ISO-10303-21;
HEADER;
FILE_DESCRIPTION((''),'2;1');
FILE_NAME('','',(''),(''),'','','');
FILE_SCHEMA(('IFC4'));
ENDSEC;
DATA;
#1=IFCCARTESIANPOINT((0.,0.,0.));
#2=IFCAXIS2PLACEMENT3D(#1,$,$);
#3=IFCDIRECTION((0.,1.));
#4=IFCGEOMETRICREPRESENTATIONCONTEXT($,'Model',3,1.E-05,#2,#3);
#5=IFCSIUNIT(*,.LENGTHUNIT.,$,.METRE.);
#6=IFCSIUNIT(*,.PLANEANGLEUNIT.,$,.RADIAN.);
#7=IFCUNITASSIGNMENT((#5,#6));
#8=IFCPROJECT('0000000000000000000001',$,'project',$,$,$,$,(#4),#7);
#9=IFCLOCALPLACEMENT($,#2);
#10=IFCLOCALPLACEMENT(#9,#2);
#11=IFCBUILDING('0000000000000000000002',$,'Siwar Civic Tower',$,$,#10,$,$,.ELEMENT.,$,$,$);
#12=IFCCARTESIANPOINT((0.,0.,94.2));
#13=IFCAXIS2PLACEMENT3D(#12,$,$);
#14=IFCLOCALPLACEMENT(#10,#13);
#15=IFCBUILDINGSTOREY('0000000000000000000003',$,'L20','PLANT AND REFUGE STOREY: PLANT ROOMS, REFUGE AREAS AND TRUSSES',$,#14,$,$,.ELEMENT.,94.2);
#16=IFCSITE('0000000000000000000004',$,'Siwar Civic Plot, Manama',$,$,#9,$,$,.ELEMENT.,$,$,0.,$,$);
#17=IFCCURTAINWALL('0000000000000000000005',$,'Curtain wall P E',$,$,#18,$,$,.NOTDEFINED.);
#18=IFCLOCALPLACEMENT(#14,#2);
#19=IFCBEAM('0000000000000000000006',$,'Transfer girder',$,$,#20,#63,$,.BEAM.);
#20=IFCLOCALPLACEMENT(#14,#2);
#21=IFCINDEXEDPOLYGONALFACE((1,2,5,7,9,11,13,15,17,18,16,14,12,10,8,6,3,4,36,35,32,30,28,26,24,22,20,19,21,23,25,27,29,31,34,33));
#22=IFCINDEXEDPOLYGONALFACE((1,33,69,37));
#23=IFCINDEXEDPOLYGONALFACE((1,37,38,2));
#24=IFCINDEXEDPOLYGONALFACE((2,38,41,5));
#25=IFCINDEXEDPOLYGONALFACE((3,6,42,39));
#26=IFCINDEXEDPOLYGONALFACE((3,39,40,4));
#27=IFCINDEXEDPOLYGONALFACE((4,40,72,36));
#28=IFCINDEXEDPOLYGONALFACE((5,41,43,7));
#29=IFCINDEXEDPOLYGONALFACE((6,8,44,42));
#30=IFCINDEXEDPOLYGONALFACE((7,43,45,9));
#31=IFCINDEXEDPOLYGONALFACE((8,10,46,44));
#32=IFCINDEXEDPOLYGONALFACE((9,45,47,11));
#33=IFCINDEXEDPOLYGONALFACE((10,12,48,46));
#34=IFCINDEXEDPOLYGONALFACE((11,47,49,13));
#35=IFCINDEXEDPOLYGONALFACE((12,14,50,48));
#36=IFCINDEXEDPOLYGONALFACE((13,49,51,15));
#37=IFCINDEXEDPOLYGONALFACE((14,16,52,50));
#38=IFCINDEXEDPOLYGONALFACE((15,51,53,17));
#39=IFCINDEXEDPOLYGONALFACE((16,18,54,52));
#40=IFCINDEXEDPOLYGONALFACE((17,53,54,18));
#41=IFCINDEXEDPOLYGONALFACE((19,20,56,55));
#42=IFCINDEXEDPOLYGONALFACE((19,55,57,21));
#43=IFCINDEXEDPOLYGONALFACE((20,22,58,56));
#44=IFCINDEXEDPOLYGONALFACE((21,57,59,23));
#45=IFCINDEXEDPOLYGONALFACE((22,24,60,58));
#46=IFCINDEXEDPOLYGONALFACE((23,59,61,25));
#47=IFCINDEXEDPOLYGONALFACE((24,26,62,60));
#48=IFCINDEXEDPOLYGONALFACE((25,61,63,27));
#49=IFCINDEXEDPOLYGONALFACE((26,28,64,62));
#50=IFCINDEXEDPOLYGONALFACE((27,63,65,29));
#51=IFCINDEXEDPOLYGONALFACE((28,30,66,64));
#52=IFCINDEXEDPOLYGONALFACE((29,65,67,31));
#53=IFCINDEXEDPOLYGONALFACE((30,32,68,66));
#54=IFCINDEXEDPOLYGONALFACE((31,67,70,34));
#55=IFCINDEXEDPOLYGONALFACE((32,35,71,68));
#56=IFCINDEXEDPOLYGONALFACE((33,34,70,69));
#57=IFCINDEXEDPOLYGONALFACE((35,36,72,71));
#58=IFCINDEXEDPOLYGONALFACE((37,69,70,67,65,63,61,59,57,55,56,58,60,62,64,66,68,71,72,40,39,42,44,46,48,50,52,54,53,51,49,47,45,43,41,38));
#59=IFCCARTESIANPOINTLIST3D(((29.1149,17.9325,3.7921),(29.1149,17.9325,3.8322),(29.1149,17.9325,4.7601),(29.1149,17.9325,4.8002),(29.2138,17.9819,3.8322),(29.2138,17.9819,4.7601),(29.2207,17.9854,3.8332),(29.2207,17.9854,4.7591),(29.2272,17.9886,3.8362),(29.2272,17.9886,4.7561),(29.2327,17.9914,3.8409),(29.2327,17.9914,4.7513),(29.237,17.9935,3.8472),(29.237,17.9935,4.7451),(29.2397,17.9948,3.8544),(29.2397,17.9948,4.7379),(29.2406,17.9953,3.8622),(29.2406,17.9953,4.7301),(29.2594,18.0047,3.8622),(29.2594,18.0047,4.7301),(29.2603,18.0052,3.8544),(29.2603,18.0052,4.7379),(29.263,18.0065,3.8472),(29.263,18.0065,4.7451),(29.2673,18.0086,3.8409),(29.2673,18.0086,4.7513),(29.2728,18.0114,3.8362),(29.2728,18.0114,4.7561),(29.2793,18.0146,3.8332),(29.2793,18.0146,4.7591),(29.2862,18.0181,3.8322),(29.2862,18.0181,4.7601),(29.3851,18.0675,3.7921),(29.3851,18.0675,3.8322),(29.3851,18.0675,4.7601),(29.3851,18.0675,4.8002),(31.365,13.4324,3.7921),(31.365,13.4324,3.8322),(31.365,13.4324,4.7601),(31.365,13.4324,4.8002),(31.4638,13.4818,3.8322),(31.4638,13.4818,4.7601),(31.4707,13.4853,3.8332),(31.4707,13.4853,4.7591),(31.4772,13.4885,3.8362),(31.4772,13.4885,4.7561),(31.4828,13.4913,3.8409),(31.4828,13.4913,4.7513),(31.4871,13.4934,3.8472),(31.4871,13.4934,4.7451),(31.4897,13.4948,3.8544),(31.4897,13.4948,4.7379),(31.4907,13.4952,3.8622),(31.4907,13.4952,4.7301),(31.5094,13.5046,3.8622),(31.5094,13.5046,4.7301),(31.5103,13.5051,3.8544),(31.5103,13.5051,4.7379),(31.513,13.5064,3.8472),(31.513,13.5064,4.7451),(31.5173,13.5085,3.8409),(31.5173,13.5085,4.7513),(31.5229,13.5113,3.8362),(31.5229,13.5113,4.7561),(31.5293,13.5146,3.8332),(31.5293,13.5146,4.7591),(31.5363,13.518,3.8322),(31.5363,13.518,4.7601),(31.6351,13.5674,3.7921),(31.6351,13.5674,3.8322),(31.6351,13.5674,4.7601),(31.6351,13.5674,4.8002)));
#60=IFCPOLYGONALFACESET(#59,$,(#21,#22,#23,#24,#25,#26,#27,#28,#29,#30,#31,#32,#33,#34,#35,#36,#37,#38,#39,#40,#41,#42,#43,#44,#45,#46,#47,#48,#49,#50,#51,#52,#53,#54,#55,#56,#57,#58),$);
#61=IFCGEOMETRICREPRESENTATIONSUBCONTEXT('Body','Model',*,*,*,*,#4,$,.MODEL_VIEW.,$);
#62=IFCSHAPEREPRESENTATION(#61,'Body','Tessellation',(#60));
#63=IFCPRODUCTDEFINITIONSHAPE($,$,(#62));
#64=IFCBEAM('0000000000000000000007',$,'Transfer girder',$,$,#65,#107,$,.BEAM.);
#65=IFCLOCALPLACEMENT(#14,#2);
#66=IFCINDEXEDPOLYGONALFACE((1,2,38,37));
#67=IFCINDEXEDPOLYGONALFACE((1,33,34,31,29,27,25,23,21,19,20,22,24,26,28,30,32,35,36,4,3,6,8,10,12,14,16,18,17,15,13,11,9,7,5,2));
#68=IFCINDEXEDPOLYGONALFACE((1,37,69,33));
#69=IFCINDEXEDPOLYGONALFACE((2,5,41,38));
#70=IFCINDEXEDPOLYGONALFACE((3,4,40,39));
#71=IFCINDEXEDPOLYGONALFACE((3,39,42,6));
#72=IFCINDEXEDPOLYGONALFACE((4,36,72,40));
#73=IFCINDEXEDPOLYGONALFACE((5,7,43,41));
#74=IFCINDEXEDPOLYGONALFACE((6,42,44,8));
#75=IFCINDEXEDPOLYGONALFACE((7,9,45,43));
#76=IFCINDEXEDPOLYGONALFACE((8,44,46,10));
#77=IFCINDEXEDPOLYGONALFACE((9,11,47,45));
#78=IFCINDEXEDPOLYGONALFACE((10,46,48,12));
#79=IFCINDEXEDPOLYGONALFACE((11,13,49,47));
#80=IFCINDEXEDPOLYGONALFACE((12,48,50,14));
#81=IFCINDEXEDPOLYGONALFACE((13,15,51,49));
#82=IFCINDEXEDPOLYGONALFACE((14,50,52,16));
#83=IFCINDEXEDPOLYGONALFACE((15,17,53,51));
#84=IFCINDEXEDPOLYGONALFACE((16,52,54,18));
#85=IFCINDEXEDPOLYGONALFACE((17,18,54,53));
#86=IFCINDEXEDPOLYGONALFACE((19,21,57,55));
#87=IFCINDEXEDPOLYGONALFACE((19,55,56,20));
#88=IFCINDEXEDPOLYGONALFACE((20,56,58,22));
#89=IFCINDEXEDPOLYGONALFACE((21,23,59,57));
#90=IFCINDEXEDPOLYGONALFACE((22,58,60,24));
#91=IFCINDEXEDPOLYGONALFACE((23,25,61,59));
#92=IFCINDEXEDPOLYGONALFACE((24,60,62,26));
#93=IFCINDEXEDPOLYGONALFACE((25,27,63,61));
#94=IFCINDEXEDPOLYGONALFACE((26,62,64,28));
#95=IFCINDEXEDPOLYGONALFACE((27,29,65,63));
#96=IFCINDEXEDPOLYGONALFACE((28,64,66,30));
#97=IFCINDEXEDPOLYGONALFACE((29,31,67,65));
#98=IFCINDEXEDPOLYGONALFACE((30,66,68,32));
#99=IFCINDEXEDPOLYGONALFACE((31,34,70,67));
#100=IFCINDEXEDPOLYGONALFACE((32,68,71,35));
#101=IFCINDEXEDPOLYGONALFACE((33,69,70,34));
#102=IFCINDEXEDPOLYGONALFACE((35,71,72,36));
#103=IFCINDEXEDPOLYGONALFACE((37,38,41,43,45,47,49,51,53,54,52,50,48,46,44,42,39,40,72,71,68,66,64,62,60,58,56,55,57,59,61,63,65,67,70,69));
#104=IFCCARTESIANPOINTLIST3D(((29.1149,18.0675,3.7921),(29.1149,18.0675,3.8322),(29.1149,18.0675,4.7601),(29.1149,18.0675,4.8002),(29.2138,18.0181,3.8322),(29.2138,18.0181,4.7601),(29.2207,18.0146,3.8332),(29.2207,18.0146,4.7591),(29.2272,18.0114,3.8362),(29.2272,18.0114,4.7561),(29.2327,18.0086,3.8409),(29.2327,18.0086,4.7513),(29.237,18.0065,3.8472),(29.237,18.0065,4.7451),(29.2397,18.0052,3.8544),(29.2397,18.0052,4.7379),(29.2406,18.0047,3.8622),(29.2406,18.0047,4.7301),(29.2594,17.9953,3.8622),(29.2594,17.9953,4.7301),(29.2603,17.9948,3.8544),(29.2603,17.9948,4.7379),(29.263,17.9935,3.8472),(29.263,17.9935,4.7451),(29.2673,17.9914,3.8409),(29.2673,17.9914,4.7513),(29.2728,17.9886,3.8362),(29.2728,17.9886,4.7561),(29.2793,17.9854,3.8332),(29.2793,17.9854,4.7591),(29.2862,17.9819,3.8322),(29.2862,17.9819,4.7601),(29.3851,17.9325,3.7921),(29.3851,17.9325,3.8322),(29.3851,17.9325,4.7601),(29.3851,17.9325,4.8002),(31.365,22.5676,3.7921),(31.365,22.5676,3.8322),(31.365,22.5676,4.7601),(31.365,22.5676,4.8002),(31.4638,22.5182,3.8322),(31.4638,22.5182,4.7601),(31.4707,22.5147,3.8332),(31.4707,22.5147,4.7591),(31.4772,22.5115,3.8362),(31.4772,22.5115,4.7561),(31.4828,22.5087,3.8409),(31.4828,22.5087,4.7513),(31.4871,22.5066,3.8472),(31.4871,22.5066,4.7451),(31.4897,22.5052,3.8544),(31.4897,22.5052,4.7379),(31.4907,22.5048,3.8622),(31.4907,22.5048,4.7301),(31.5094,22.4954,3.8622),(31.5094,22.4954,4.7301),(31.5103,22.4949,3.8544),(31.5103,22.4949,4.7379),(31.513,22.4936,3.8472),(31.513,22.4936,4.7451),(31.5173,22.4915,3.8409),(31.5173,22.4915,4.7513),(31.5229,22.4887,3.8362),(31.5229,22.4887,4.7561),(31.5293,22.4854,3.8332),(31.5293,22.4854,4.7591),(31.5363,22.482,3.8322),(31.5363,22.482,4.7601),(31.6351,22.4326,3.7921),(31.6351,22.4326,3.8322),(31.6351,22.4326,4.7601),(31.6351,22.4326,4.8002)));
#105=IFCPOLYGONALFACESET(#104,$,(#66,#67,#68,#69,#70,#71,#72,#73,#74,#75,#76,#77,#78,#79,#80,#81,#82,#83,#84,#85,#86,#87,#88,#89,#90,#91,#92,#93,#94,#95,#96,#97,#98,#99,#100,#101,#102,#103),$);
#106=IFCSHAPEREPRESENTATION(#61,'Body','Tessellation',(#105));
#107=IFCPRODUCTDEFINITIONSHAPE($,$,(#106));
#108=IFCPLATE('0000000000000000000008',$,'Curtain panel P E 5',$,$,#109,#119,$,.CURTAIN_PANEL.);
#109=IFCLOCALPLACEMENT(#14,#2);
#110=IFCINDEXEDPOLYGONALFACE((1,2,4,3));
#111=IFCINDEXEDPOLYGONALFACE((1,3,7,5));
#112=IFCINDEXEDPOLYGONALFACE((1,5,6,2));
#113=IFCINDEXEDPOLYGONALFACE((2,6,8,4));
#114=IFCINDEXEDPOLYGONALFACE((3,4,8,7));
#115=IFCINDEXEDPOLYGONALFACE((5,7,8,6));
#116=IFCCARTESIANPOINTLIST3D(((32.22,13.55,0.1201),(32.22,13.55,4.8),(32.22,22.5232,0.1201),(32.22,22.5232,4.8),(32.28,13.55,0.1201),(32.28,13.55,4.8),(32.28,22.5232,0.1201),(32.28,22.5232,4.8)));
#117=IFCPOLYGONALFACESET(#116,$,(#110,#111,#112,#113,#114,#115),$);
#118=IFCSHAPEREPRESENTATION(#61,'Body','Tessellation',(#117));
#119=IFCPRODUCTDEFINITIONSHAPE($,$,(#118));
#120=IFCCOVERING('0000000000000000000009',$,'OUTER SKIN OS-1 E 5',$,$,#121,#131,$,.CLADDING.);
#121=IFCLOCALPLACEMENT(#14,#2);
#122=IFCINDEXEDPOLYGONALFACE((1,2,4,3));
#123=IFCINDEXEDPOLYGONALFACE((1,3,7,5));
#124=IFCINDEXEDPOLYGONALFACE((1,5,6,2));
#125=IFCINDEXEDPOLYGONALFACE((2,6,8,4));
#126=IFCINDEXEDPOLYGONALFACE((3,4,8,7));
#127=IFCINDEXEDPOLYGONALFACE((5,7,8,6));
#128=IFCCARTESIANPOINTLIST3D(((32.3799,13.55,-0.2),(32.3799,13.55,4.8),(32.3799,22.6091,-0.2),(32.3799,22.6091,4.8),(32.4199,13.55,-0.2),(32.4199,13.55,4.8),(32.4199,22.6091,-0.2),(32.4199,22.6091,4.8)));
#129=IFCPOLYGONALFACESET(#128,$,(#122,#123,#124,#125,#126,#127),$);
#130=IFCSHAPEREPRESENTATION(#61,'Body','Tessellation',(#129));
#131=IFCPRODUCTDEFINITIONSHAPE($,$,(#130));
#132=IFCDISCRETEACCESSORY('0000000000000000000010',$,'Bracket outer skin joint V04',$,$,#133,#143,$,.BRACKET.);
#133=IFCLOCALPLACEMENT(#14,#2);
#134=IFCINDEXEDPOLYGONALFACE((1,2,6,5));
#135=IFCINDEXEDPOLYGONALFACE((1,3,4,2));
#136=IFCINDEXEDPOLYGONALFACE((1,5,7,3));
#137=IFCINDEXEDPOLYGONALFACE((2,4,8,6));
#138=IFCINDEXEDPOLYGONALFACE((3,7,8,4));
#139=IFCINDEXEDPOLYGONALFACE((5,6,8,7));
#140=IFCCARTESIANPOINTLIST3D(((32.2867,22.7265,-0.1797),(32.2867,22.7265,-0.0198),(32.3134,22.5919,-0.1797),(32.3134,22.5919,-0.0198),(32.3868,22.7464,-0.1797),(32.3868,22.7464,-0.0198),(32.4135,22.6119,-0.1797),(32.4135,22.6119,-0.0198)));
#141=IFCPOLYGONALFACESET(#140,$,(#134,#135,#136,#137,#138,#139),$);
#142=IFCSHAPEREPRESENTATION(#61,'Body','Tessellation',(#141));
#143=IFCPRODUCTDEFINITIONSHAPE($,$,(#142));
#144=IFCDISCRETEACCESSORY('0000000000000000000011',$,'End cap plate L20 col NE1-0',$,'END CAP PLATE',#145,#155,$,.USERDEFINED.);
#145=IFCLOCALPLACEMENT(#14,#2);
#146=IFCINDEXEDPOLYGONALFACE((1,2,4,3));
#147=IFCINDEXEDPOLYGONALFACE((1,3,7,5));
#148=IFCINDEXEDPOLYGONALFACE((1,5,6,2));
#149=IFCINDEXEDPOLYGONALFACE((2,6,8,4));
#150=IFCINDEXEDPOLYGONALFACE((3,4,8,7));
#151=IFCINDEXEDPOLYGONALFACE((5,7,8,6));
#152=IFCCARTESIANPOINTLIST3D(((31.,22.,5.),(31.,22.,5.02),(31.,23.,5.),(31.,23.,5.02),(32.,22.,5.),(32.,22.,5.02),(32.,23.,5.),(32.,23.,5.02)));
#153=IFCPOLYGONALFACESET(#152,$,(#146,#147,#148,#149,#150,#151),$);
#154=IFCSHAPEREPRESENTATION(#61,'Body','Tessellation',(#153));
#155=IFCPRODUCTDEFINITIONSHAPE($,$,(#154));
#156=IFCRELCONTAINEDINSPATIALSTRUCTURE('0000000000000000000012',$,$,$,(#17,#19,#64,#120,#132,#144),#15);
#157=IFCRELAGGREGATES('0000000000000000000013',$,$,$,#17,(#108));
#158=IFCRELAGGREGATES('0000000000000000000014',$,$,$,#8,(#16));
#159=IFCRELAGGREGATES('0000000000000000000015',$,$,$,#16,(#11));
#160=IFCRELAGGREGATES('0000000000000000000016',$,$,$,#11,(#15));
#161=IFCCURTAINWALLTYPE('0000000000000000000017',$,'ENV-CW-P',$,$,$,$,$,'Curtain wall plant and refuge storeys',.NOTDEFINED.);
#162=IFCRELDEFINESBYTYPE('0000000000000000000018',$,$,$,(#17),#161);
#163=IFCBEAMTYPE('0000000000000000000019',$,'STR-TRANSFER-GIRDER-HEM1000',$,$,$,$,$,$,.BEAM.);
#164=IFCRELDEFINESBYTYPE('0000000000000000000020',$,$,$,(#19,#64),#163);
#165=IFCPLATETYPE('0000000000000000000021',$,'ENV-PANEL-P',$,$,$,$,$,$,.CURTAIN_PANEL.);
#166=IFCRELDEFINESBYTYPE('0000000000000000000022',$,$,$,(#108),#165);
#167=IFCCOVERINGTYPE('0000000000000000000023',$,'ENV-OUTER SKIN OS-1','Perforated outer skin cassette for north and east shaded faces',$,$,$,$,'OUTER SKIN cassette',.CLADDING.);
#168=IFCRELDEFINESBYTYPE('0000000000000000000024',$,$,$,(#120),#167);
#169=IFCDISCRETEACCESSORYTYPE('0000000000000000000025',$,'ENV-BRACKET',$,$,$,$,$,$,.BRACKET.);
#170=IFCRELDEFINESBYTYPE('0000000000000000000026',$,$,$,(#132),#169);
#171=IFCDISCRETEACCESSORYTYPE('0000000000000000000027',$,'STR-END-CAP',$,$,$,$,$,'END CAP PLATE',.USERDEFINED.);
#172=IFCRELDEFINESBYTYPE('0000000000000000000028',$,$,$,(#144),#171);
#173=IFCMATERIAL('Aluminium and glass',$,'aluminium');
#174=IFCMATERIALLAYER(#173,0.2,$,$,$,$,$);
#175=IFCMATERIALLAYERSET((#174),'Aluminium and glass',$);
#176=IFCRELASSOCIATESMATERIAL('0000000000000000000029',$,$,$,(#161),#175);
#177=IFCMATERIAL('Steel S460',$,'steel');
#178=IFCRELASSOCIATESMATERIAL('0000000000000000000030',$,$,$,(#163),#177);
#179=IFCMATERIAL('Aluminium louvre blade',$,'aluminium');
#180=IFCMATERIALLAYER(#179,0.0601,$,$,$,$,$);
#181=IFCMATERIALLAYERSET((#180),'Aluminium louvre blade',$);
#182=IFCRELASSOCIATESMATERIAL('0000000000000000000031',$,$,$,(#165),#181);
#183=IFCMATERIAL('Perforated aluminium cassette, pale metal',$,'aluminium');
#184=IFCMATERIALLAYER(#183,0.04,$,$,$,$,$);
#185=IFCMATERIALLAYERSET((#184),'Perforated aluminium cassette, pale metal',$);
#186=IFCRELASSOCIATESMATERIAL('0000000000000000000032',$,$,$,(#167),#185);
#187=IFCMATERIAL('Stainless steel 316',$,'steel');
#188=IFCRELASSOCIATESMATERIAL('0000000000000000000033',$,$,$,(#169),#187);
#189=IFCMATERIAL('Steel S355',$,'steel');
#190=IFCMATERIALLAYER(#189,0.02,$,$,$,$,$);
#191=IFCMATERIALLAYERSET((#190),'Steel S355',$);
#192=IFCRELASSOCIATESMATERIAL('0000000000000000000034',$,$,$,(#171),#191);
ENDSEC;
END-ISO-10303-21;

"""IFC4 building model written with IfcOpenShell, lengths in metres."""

from ifc_helpers import new_model, si_unit, direction, frame, origin, origin_2d, place, context, subcontext, project, spatial, rectangle, i_section, extrude, material, layer, layer_set, material_profile, profile_set, type_object, element, aggregate, save


model = new_model("IFC4")

# Units and contexts
model_context = context("Model", 3, precision=1e-05, world=origin(), true_north=direction((0.0, 1.0)))
body_context = subcontext(model_context, "Body", "Model", "MODEL_VIEW")
ifc_project = project(units=[si_unit("LENGTHUNIT", "METRE"), si_unit("PLANEANGLEUNIT", "RADIAN")], contexts=[model_context])

# Site, building, storey
site_placement = place(None, origin())
site = spatial("IfcSite", under=ifc_project, at=site_placement, Name="Siwar Civic Plot, Manama", CompositionType="ELEMENT", RefElevation=0.0)
building_placement = place(site_placement, origin())
building = spatial("IfcBuilding", under=site, at=building_placement, Name="Siwar Civic Tower", CompositionType="ELEMENT")
storey_placement = place(building_placement, frame((0.0, 0.0, 94.2)))
storey = spatial("IfcBuildingStorey", under=building, at=storey_placement, Name="L20", Description="PLANT AND REFUGE STOREY: PLANT ROOMS, REFUGE AREAS AND TRUSSES", CompositionType="ELEMENT", Elevation=94.2)

# Curtain wall
ifc_material_1 = material(Name="Aluminium and glass", Category="aluminium")
ifc_layer_1 = layer(ifc_material_1, 0.2)
ifc_layer_set_1 = layer_set([ifc_layer_1], Name="Aluminium and glass")
curtain_wall_type = type_object("IfcCurtainWallType", Name="ENV-CW-P", ElementType="Curtain wall plant and refuge storeys", PredefinedType="NOTDEFINED", material=ifc_layer_set_1)
curtain_wall_1_placement = place(storey_placement, origin())
curtain_wall_1 = element("IfcCurtainWall", 1, at=curtain_wall_1_placement, inside=storey, type_object=curtain_wall_type, Name="Curtain wall P E", PredefinedType="NOTDEFINED")

# Beams
ifc_material_2 = material(Name="Steel S460", Category="steel")
ifc_material_profile_1 = material_profile(ifc_material_2, i_section(OverallWidth=0.302, OverallDepth=1.0081, WebThickness=0.021, FlangeThickness=0.04, FilletRadius=0.03, at=origin_2d()), Name="HEM1000")
ifc_profile_set_1 = profile_set([ifc_material_profile_1], Name="Steel S460")
beam_type_1 = type_object("IfcBeamType", Name="STR-TRANSFER-GIRDER-HEM1000", PredefinedType="BEAM", material=ifc_profile_set_1)
for number, where, z_axis, x_axis, name in (
    (2, (29.25, 18.0, 4.2961), (0.447214, -0.894427, 0.0), (0.894427, 0.447214, 0.0), "Transfer girder"),
    (3, (29.25, 18.0, 4.2961), (0.447214, 0.894427, 0.0), (-0.894427, 0.447214, 0.0), "Transfer girder"),
):
    element("IfcBeam", number, at=place(storey_placement, frame(where, z_axis=z_axis, x_axis=x_axis)), inside=storey, type_object=beam_type_1, Name=name, PredefinedType="BEAM", context=body_context, shape_type="SweptSolid", body=[
        extrude(i_section(OverallWidth=0.302, OverallDepth=1.0081, WebThickness=0.021, FlangeThickness=0.04, FilletRadius=0.03, at=origin_2d()), origin(), (0.0, 0.0, 1.0), 5.0312),
    ])

# Plate
ifc_material_3 = material(Name="Aluminium louvre blade", Category="aluminium")
ifc_layer_2 = layer(ifc_material_3, 0.0601)
ifc_layer_set_2 = layer_set([ifc_layer_2], Name="Aluminium louvre blade")
plate_type = type_object("IfcPlateType", Name="ENV-PANEL-P", PredefinedType="CURTAIN_PANEL", material=ifc_layer_set_2)
plate_placement = place(storey_placement, frame((32.25, 18.0366, 0.1201), z_axis=(0.0, 0.0, 1.0), x_axis=(0.0, 1.0, 0.0)))
plate = element("IfcPlate", 4, at=plate_placement, type_object=plate_type, Name="Curtain panel P E 5", PredefinedType="CURTAIN_PANEL", context=body_context, shape_type="SweptSolid", body=[
    extrude(rectangle(XDim=8.9731, YDim=0.0601, at=origin_2d()), origin(), (0.0, 0.0, 1.0), 4.6799),
])
aggregate(curtain_wall_1, [plate])

# Covering
ifc_material_4 = material(Name="Perforated aluminium cassette, pale metal", Category="aluminium")
ifc_layer_3 = layer(ifc_material_4, 0.04)
ifc_layer_set_3 = layer_set([ifc_layer_3], Name="Perforated aluminium cassette, pale metal")
covering_type = type_object("IfcCoveringType", Name="ENV-OUTER SKIN OS-1", Description="Perforated outer skin cassette for north and east shaded faces", ElementType="OUTER SKIN cassette", PredefinedType="CLADDING", material=ifc_layer_set_3)
covering_placement = place(storey_placement, frame((32.3999, 18.0796, -0.2), z_axis=(0.0, 0.0, 1.0), x_axis=(0.0, 1.0, 0.0)))
element("IfcCovering", 5, at=covering_placement, inside=storey, type_object=covering_type, Name="OUTER SKIN OS-1 E 5", PredefinedType="CLADDING", context=body_context, shape_type="SweptSolid", body=[
    extrude(rectangle(XDim=9.0591, YDim=0.04, at=origin_2d()), origin(), (0.0, 0.0, 1.0), 5.0),
])

# Discrete accessories
ifc_material_5 = material(Name="Stainless steel 316", Category="steel")
discrete_accessory_type_1 = type_object("IfcDiscreteAccessoryType", Name="ENV-BRACKET", PredefinedType="BRACKET", material=ifc_material_5)
discrete_accessory_1_placement = place(storey_placement, frame((32.3501, 22.6692, -0.1797), z_axis=(0.0, 0.0, 1.0), x_axis=(0.980785, 0.19509, 0.0)))
element("IfcDiscreteAccessory", 6, at=discrete_accessory_1_placement, inside=storey, type_object=discrete_accessory_type_1, Name="Bracket outer skin joint V04", PredefinedType="BRACKET", context=body_context, shape_type="SweptSolid", body=[
    extrude(rectangle(XDim=0.1021, YDim=0.1372, at=origin_2d()), origin(), (0.0, 0.0, 1.0), 0.1599),
])
ifc_material_6 = material(Name="Steel S355", Category="steel")
ifc_layer_4 = layer(ifc_material_6, 0.02)
ifc_layer_set_4 = layer_set([ifc_layer_4], Name="Steel S355")
discrete_accessory_type_2 = type_object("IfcDiscreteAccessoryType", Name="STR-END-CAP", ElementType="END CAP PLATE", PredefinedType="USERDEFINED", material=ifc_layer_set_4)
discrete_accessory_2_placement = place(storey_placement, frame((31.5, 22.5, 5.0), z_axis=(0.0, 0.0, 1.0), x_axis=(1.0, 0.0, 0.0)))
element("IfcDiscreteAccessory", 7, at=discrete_accessory_2_placement, inside=storey, type_object=discrete_accessory_type_2, Name="End cap plate L20 col NE1-0", ObjectType="END CAP PLATE", PredefinedType="USERDEFINED", context=body_context, shape_type="SweptSolid", body=[
    extrude(rectangle(XDim=1.0, YDim=1.0, at=origin_2d()), origin(), (0.0, 0.0, 1.0), 0.02),
])

save(model, "model.ifc")
